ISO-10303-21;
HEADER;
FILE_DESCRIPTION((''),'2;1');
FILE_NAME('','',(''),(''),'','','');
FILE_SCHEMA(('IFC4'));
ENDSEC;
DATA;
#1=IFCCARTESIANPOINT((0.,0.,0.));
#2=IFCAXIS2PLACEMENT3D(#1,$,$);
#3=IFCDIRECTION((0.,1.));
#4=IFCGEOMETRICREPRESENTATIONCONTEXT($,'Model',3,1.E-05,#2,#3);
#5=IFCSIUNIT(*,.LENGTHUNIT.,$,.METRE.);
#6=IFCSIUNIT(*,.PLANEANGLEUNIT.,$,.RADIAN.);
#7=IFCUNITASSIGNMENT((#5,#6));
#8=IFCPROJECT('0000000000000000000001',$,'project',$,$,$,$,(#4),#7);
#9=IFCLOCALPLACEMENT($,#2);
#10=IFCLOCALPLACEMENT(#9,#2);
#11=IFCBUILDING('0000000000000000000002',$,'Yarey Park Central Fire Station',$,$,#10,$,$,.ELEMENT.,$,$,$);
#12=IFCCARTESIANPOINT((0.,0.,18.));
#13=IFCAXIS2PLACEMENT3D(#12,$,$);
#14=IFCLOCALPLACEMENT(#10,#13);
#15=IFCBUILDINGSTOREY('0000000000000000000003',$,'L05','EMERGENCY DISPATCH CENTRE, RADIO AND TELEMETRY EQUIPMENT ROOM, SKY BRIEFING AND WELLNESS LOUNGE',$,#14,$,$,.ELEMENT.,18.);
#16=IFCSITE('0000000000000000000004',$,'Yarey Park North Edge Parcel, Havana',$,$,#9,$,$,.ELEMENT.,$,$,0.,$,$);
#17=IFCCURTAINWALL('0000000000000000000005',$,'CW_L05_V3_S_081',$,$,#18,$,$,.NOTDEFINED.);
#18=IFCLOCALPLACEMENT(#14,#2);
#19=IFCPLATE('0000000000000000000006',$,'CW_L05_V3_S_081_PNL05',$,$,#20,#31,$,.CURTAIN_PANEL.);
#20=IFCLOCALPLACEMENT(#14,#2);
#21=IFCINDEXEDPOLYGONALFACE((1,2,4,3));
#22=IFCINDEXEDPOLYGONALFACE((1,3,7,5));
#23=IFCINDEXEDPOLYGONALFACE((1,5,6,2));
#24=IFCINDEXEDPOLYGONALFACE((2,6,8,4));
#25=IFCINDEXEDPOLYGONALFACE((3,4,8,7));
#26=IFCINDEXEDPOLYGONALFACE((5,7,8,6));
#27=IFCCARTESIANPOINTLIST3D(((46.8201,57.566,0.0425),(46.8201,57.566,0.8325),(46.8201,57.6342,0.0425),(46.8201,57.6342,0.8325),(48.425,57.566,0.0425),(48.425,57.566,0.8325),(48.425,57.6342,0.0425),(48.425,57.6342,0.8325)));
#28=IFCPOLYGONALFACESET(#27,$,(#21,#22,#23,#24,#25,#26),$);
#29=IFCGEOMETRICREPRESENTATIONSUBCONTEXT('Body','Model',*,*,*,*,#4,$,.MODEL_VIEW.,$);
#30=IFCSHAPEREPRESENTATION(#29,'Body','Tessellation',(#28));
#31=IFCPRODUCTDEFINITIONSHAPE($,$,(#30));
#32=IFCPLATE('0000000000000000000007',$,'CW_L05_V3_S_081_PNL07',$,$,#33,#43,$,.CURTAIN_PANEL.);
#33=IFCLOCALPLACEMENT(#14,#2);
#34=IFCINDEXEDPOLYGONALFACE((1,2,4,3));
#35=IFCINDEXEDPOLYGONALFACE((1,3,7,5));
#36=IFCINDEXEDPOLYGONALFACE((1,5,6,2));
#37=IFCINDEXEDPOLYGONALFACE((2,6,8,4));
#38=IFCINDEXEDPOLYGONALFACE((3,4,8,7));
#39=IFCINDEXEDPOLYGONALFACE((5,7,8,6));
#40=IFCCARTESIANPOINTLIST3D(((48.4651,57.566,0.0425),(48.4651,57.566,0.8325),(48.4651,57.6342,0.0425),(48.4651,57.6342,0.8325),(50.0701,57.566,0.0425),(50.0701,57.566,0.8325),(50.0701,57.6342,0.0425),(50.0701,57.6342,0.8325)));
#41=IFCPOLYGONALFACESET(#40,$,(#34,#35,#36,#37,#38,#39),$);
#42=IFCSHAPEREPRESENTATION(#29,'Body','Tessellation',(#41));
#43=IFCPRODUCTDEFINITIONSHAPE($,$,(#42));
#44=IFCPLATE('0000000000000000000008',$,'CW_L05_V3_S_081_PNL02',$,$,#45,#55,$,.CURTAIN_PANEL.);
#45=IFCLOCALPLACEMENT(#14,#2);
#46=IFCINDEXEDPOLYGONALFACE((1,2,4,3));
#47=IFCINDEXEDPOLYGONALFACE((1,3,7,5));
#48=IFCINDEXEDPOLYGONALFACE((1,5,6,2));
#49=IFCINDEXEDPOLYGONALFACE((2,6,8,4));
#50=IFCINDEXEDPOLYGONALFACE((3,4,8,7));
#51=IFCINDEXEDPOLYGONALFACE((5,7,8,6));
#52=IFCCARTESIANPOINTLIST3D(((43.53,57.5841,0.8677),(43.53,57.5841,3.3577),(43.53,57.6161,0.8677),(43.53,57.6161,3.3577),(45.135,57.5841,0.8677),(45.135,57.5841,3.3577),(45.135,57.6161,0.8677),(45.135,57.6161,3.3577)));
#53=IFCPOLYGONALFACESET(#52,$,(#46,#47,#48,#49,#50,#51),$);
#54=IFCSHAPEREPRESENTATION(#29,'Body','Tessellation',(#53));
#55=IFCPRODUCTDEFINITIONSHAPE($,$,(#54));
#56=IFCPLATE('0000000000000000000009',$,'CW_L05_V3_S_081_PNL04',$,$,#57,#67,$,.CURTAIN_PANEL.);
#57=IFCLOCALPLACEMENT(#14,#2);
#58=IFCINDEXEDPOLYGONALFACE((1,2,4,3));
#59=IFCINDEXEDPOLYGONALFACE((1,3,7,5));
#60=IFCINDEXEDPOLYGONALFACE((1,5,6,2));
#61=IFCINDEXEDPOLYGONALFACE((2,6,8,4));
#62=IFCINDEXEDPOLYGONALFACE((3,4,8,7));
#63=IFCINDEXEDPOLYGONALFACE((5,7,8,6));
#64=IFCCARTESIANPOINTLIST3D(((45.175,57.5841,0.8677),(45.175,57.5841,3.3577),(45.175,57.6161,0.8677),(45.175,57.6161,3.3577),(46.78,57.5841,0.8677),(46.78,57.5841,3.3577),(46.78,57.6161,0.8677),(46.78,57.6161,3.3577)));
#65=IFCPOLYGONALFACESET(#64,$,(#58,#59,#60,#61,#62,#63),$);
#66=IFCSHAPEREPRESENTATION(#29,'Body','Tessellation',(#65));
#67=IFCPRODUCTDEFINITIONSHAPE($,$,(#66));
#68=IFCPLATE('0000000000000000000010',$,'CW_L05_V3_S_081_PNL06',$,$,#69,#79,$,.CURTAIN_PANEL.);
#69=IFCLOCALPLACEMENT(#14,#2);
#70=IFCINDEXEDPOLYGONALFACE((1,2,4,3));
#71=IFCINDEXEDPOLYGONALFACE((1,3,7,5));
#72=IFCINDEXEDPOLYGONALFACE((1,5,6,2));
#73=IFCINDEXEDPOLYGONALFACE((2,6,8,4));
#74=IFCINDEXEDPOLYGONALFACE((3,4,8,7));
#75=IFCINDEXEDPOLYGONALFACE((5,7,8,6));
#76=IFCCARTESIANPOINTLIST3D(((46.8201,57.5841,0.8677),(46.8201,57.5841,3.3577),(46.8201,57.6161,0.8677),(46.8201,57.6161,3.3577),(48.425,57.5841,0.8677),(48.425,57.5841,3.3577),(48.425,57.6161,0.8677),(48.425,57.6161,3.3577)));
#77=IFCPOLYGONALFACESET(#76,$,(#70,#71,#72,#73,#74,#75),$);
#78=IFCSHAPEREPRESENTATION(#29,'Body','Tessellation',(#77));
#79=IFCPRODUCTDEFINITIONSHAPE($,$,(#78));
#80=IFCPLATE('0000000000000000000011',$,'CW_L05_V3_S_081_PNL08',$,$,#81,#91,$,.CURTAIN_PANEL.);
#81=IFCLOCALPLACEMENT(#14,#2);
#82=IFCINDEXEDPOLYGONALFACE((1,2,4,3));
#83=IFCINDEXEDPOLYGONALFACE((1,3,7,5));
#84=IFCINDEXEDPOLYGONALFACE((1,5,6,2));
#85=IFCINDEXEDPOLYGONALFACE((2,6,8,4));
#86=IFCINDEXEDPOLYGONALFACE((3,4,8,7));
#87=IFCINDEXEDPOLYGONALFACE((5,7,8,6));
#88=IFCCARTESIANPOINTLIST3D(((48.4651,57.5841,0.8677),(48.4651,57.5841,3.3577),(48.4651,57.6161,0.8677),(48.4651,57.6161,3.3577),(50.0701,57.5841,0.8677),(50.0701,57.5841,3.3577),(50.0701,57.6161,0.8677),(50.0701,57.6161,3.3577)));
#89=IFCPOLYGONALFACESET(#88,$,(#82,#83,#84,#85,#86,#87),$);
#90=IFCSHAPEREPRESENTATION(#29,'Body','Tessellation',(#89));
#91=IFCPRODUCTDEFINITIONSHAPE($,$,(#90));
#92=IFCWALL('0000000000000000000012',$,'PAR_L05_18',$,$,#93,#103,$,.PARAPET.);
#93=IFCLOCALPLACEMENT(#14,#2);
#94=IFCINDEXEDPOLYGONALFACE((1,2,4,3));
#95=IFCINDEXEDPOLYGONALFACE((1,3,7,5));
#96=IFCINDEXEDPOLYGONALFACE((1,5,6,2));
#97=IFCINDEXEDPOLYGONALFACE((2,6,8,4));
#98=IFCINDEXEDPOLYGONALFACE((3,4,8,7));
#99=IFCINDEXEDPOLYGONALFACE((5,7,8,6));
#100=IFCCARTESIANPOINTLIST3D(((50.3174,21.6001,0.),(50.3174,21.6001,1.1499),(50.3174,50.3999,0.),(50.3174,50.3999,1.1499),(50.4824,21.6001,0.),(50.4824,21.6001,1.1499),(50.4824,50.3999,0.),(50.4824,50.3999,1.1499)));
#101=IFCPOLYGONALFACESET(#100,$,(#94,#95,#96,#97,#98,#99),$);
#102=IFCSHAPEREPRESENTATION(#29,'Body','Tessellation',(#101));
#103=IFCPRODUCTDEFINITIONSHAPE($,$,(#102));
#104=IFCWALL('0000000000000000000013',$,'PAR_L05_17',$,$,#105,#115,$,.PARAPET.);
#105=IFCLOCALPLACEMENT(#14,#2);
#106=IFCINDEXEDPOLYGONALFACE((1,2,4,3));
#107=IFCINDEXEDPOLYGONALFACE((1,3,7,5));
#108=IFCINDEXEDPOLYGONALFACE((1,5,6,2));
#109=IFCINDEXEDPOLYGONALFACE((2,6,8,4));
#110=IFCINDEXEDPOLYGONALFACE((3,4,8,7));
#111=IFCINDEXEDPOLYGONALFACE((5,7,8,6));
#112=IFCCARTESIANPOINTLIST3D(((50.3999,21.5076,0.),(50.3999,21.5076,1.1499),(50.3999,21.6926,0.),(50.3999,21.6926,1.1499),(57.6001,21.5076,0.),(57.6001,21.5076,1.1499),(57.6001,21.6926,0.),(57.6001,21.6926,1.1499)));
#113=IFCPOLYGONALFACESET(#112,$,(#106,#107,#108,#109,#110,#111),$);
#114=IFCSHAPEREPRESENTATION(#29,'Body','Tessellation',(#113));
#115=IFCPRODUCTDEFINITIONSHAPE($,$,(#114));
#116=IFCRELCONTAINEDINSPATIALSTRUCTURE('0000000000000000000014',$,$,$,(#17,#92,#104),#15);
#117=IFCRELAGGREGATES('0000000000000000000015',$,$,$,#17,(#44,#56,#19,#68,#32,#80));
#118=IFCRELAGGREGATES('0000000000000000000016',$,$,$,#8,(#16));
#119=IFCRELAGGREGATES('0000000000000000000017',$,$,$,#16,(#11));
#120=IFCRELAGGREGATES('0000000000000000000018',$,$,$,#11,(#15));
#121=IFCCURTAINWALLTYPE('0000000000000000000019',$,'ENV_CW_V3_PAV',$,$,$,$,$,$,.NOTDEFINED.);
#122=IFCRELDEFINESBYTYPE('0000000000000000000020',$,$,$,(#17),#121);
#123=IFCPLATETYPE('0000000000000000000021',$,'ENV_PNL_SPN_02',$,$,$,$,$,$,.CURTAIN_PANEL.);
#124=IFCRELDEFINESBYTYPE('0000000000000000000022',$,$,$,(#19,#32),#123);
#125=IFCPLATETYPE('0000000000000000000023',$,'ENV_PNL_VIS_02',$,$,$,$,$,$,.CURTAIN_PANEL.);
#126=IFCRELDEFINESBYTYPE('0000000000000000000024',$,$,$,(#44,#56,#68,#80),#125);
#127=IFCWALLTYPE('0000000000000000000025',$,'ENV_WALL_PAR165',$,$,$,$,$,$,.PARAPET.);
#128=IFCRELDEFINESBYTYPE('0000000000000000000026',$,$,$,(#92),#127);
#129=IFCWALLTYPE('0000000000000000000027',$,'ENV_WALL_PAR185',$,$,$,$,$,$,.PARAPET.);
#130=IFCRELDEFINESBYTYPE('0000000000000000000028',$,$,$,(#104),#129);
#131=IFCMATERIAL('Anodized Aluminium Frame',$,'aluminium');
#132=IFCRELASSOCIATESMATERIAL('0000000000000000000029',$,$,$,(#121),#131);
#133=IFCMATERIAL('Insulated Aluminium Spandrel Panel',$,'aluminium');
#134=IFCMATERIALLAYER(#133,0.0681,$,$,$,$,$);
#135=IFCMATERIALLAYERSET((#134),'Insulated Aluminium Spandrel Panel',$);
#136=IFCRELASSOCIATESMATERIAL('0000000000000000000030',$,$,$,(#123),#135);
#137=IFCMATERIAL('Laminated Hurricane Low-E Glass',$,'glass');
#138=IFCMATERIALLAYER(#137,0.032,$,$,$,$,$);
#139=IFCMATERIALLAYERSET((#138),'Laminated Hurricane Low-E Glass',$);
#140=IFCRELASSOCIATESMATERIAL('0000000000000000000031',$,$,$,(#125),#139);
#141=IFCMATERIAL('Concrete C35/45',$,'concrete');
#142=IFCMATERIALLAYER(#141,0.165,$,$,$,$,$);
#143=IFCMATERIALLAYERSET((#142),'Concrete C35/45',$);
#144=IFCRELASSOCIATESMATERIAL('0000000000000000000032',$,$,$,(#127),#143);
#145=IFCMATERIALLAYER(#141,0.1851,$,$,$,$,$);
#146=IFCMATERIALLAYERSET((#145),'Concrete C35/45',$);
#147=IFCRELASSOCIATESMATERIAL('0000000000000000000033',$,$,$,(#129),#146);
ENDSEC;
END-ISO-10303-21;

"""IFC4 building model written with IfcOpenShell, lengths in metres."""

from ifc_helpers import new_model, si_unit, direction, frame, frame_2d, origin, origin_2d, place, context, subcontext, project, spatial, rectangle, extrude, material, layer, layer_set, type_object, element, aggregate, save


model = new_model("IFC4")

# Units and contexts
model_context = context("Model", 3, precision=1e-05, world=origin(), true_north=direction((0.0, 1.0)))
body_context = subcontext(model_context, "Body", "Model", "MODEL_VIEW")
ifc_project = project(units=[si_unit("LENGTHUNIT", "METRE"), si_unit("PLANEANGLEUNIT", "RADIAN")], contexts=[model_context])

# Site, building, storey
site_placement = place(None, origin())
site = spatial("IfcSite", under=ifc_project, at=site_placement, Name="Yarey Park North Edge Parcel, Havana", CompositionType="ELEMENT", RefElevation=0.0)
building_placement = place(site_placement, origin())
building = spatial("IfcBuilding", under=site, at=building_placement, Name="Yarey Park Central Fire Station", CompositionType="ELEMENT")
storey_placement = place(building_placement, frame((0.0, 0.0, 18.0)))
storey = spatial("IfcBuildingStorey", under=building, at=storey_placement, Name="L05", Description="EMERGENCY DISPATCH CENTRE, RADIO AND TELEMETRY EQUIPMENT ROOM, SKY BRIEFING AND WELLNESS LOUNGE", CompositionType="ELEMENT", Elevation=18.0)

# Curtain wall
ifc_material_1 = material(Name="Anodized Aluminium Frame", Category="aluminium")
curtain_wall_type = type_object("IfcCurtainWallType", Name="ENV_CW_V3_PAV", PredefinedType="NOTDEFINED", material=ifc_material_1)
curtain_wall_placement = place(storey_placement, origin())
curtain_wall = element("IfcCurtainWall", 1, at=curtain_wall_placement, inside=storey, type_object=curtain_wall_type, Name="CW_L05_V3_S_081", PredefinedType="NOTDEFINED")

# Plates
ifc_material_2 = material(Name="Insulated Aluminium Spandrel Panel", Category="aluminium")
ifc_layer_1 = layer(ifc_material_2, 0.0681)
ifc_layer_set_1 = layer_set([ifc_layer_1], Name="Insulated Aluminium Spandrel Panel")
plate_type_1 = type_object("IfcPlateType", Name="ENV_PNL_SPN_02", PredefinedType="CURTAIN_PANEL", material=ifc_layer_set_1)
plate_1_placement = place(storey_placement, frame((47.6226, 57.6001, 0.0425), z_axis=(0.0, 0.0, 1.0), x_axis=(1.0, 0.0, 0.0)))
plate_1 = element("IfcPlate", 2, at=plate_1_placement, type_object=plate_type_1, Name="CW_L05_V3_S_081_PNL05", PredefinedType="CURTAIN_PANEL", context=body_context, shape_type="SweptSolid", body=[
    extrude(rectangle(XDim=1.605, YDim=0.0681, at=origin_2d()), origin(), (0.0, 0.0, 1.0), 0.79),
])
plate_2_placement = place(storey_placement, frame((49.2676, 57.6001, 0.0425), z_axis=(0.0, 0.0, 1.0), x_axis=(1.0, 0.0, 0.0)))
plate_2 = element("IfcPlate", 3, at=plate_2_placement, type_object=plate_type_1, Name="CW_L05_V3_S_081_PNL07", PredefinedType="CURTAIN_PANEL", context=body_context, shape_type="SweptSolid", body=[
    extrude(rectangle(XDim=1.605, YDim=0.0681, at=origin_2d()), origin(), (0.0, 0.0, 1.0), 0.79),
])
ifc_material_3 = material(Name="Laminated Hurricane Low-E Glass", Category="glass")
ifc_layer_2 = layer(ifc_material_3, 0.032)
ifc_layer_set_2 = layer_set([ifc_layer_2], Name="Laminated Hurricane Low-E Glass")
plate_type_2 = type_object("IfcPlateType", Name="ENV_PNL_VIS_02", PredefinedType="CURTAIN_PANEL", material=ifc_layer_set_2)
plate_3_placement = place(storey_placement, frame((44.3325, 57.6001, 0.8677), z_axis=(0.0, 0.0, 1.0), x_axis=(1.0, 0.0, 0.0)))
plate_3 = element("IfcPlate", 4, at=plate_3_placement, type_object=plate_type_2, Name="CW_L05_V3_S_081_PNL02", PredefinedType="CURTAIN_PANEL", context=body_context, shape_type="SweptSolid", body=[
    extrude(rectangle(XDim=1.605, YDim=0.032, at=origin_2d()), origin(), (0.0, 0.0, 1.0), 2.49),
])
plate_4_placement = place(storey_placement, frame((45.9775, 57.6001, 0.8677), z_axis=(0.0, 0.0, 1.0), x_axis=(1.0, 0.0, 0.0)))
plate_4 = element("IfcPlate", 5, at=plate_4_placement, type_object=plate_type_2, Name="CW_L05_V3_S_081_PNL04", PredefinedType="CURTAIN_PANEL", context=body_context, shape_type="SweptSolid", body=[
    extrude(rectangle(XDim=1.605, YDim=0.032, at=origin_2d()), origin(), (0.0, 0.0, 1.0), 2.49),
])
plate_5_placement = place(storey_placement, frame((47.6226, 57.6001, 0.8677), z_axis=(0.0, 0.0, 1.0), x_axis=(1.0, 0.0, 0.0)))
plate_5 = element("IfcPlate", 6, at=plate_5_placement, type_object=plate_type_2, Name="CW_L05_V3_S_081_PNL06", PredefinedType="CURTAIN_PANEL", context=body_context, shape_type="SweptSolid", body=[
    extrude(rectangle(XDim=1.605, YDim=0.032, at=origin_2d()), origin(), (0.0, 0.0, 1.0), 2.49),
])
plate_6_placement = place(storey_placement, frame((49.2676, 57.6001, 0.8677), z_axis=(0.0, 0.0, 1.0), x_axis=(1.0, 0.0, 0.0)))
plate_6 = element("IfcPlate", 7, at=plate_6_placement, type_object=plate_type_2, Name="CW_L05_V3_S_081_PNL08", PredefinedType="CURTAIN_PANEL", context=body_context, shape_type="SweptSolid", body=[
    extrude(rectangle(XDim=1.605, YDim=0.032, at=origin_2d()), origin(), (0.0, 0.0, 1.0), 2.49),
])
aggregate(curtain_wall, [plate_3, plate_4, plate_1, plate_5, plate_2, plate_6])

# Walls
ifc_material_4 = material(Name="Concrete C35/45", Category="concrete")
ifc_layer_3 = layer(ifc_material_4, 0.165)
ifc_layer_set_3 = layer_set([ifc_layer_3], Name="Concrete C35/45")
wall_type_1 = type_object("IfcWallType", Name="ENV_WALL_PAR165", PredefinedType="PARAPET", material=ifc_layer_set_3)
wall_1_placement = place(storey_placement, frame((50.3999, 50.3999, 0.0), z_axis=(0.0, 0.0, 1.0), x_axis=(0.0, -1.0, 0.0)))
element("IfcWall", 8, at=wall_1_placement, inside=storey, type_object=wall_type_1, Name="PAR_L05_18", PredefinedType="PARAPET", context=body_context, shape_type="SweptSolid", body=[
    extrude(rectangle(XDim=28.7998, YDim=0.165, at=frame_2d((14.3999, 0.0))), origin(), (0.0, 0.0, 1.0), 1.1499),
])
ifc_layer_4 = layer(ifc_material_4, 0.1851)
ifc_layer_set_4 = layer_set([ifc_layer_4], Name="Concrete C35/45")
wall_type_2 = type_object("IfcWallType", Name="ENV_WALL_PAR185", PredefinedType="PARAPET", material=ifc_layer_set_4)
wall_2_placement = place(storey_placement, frame((50.3999, 21.6001, 0.0), z_axis=(0.0, 0.0, 1.0), x_axis=(1.0, 0.0, 0.0)))
element("IfcWall", 9, at=wall_2_placement, inside=storey, type_object=wall_type_2, Name="PAR_L05_17", PredefinedType="PARAPET", context=body_context, shape_type="SweptSolid", body=[
    extrude(rectangle(XDim=7.2002, YDim=0.1851, at=frame_2d((3.6001, 0.0))), origin(), (0.0, 0.0, 1.0), 1.1499),
])

save(model, "model.ifc")
